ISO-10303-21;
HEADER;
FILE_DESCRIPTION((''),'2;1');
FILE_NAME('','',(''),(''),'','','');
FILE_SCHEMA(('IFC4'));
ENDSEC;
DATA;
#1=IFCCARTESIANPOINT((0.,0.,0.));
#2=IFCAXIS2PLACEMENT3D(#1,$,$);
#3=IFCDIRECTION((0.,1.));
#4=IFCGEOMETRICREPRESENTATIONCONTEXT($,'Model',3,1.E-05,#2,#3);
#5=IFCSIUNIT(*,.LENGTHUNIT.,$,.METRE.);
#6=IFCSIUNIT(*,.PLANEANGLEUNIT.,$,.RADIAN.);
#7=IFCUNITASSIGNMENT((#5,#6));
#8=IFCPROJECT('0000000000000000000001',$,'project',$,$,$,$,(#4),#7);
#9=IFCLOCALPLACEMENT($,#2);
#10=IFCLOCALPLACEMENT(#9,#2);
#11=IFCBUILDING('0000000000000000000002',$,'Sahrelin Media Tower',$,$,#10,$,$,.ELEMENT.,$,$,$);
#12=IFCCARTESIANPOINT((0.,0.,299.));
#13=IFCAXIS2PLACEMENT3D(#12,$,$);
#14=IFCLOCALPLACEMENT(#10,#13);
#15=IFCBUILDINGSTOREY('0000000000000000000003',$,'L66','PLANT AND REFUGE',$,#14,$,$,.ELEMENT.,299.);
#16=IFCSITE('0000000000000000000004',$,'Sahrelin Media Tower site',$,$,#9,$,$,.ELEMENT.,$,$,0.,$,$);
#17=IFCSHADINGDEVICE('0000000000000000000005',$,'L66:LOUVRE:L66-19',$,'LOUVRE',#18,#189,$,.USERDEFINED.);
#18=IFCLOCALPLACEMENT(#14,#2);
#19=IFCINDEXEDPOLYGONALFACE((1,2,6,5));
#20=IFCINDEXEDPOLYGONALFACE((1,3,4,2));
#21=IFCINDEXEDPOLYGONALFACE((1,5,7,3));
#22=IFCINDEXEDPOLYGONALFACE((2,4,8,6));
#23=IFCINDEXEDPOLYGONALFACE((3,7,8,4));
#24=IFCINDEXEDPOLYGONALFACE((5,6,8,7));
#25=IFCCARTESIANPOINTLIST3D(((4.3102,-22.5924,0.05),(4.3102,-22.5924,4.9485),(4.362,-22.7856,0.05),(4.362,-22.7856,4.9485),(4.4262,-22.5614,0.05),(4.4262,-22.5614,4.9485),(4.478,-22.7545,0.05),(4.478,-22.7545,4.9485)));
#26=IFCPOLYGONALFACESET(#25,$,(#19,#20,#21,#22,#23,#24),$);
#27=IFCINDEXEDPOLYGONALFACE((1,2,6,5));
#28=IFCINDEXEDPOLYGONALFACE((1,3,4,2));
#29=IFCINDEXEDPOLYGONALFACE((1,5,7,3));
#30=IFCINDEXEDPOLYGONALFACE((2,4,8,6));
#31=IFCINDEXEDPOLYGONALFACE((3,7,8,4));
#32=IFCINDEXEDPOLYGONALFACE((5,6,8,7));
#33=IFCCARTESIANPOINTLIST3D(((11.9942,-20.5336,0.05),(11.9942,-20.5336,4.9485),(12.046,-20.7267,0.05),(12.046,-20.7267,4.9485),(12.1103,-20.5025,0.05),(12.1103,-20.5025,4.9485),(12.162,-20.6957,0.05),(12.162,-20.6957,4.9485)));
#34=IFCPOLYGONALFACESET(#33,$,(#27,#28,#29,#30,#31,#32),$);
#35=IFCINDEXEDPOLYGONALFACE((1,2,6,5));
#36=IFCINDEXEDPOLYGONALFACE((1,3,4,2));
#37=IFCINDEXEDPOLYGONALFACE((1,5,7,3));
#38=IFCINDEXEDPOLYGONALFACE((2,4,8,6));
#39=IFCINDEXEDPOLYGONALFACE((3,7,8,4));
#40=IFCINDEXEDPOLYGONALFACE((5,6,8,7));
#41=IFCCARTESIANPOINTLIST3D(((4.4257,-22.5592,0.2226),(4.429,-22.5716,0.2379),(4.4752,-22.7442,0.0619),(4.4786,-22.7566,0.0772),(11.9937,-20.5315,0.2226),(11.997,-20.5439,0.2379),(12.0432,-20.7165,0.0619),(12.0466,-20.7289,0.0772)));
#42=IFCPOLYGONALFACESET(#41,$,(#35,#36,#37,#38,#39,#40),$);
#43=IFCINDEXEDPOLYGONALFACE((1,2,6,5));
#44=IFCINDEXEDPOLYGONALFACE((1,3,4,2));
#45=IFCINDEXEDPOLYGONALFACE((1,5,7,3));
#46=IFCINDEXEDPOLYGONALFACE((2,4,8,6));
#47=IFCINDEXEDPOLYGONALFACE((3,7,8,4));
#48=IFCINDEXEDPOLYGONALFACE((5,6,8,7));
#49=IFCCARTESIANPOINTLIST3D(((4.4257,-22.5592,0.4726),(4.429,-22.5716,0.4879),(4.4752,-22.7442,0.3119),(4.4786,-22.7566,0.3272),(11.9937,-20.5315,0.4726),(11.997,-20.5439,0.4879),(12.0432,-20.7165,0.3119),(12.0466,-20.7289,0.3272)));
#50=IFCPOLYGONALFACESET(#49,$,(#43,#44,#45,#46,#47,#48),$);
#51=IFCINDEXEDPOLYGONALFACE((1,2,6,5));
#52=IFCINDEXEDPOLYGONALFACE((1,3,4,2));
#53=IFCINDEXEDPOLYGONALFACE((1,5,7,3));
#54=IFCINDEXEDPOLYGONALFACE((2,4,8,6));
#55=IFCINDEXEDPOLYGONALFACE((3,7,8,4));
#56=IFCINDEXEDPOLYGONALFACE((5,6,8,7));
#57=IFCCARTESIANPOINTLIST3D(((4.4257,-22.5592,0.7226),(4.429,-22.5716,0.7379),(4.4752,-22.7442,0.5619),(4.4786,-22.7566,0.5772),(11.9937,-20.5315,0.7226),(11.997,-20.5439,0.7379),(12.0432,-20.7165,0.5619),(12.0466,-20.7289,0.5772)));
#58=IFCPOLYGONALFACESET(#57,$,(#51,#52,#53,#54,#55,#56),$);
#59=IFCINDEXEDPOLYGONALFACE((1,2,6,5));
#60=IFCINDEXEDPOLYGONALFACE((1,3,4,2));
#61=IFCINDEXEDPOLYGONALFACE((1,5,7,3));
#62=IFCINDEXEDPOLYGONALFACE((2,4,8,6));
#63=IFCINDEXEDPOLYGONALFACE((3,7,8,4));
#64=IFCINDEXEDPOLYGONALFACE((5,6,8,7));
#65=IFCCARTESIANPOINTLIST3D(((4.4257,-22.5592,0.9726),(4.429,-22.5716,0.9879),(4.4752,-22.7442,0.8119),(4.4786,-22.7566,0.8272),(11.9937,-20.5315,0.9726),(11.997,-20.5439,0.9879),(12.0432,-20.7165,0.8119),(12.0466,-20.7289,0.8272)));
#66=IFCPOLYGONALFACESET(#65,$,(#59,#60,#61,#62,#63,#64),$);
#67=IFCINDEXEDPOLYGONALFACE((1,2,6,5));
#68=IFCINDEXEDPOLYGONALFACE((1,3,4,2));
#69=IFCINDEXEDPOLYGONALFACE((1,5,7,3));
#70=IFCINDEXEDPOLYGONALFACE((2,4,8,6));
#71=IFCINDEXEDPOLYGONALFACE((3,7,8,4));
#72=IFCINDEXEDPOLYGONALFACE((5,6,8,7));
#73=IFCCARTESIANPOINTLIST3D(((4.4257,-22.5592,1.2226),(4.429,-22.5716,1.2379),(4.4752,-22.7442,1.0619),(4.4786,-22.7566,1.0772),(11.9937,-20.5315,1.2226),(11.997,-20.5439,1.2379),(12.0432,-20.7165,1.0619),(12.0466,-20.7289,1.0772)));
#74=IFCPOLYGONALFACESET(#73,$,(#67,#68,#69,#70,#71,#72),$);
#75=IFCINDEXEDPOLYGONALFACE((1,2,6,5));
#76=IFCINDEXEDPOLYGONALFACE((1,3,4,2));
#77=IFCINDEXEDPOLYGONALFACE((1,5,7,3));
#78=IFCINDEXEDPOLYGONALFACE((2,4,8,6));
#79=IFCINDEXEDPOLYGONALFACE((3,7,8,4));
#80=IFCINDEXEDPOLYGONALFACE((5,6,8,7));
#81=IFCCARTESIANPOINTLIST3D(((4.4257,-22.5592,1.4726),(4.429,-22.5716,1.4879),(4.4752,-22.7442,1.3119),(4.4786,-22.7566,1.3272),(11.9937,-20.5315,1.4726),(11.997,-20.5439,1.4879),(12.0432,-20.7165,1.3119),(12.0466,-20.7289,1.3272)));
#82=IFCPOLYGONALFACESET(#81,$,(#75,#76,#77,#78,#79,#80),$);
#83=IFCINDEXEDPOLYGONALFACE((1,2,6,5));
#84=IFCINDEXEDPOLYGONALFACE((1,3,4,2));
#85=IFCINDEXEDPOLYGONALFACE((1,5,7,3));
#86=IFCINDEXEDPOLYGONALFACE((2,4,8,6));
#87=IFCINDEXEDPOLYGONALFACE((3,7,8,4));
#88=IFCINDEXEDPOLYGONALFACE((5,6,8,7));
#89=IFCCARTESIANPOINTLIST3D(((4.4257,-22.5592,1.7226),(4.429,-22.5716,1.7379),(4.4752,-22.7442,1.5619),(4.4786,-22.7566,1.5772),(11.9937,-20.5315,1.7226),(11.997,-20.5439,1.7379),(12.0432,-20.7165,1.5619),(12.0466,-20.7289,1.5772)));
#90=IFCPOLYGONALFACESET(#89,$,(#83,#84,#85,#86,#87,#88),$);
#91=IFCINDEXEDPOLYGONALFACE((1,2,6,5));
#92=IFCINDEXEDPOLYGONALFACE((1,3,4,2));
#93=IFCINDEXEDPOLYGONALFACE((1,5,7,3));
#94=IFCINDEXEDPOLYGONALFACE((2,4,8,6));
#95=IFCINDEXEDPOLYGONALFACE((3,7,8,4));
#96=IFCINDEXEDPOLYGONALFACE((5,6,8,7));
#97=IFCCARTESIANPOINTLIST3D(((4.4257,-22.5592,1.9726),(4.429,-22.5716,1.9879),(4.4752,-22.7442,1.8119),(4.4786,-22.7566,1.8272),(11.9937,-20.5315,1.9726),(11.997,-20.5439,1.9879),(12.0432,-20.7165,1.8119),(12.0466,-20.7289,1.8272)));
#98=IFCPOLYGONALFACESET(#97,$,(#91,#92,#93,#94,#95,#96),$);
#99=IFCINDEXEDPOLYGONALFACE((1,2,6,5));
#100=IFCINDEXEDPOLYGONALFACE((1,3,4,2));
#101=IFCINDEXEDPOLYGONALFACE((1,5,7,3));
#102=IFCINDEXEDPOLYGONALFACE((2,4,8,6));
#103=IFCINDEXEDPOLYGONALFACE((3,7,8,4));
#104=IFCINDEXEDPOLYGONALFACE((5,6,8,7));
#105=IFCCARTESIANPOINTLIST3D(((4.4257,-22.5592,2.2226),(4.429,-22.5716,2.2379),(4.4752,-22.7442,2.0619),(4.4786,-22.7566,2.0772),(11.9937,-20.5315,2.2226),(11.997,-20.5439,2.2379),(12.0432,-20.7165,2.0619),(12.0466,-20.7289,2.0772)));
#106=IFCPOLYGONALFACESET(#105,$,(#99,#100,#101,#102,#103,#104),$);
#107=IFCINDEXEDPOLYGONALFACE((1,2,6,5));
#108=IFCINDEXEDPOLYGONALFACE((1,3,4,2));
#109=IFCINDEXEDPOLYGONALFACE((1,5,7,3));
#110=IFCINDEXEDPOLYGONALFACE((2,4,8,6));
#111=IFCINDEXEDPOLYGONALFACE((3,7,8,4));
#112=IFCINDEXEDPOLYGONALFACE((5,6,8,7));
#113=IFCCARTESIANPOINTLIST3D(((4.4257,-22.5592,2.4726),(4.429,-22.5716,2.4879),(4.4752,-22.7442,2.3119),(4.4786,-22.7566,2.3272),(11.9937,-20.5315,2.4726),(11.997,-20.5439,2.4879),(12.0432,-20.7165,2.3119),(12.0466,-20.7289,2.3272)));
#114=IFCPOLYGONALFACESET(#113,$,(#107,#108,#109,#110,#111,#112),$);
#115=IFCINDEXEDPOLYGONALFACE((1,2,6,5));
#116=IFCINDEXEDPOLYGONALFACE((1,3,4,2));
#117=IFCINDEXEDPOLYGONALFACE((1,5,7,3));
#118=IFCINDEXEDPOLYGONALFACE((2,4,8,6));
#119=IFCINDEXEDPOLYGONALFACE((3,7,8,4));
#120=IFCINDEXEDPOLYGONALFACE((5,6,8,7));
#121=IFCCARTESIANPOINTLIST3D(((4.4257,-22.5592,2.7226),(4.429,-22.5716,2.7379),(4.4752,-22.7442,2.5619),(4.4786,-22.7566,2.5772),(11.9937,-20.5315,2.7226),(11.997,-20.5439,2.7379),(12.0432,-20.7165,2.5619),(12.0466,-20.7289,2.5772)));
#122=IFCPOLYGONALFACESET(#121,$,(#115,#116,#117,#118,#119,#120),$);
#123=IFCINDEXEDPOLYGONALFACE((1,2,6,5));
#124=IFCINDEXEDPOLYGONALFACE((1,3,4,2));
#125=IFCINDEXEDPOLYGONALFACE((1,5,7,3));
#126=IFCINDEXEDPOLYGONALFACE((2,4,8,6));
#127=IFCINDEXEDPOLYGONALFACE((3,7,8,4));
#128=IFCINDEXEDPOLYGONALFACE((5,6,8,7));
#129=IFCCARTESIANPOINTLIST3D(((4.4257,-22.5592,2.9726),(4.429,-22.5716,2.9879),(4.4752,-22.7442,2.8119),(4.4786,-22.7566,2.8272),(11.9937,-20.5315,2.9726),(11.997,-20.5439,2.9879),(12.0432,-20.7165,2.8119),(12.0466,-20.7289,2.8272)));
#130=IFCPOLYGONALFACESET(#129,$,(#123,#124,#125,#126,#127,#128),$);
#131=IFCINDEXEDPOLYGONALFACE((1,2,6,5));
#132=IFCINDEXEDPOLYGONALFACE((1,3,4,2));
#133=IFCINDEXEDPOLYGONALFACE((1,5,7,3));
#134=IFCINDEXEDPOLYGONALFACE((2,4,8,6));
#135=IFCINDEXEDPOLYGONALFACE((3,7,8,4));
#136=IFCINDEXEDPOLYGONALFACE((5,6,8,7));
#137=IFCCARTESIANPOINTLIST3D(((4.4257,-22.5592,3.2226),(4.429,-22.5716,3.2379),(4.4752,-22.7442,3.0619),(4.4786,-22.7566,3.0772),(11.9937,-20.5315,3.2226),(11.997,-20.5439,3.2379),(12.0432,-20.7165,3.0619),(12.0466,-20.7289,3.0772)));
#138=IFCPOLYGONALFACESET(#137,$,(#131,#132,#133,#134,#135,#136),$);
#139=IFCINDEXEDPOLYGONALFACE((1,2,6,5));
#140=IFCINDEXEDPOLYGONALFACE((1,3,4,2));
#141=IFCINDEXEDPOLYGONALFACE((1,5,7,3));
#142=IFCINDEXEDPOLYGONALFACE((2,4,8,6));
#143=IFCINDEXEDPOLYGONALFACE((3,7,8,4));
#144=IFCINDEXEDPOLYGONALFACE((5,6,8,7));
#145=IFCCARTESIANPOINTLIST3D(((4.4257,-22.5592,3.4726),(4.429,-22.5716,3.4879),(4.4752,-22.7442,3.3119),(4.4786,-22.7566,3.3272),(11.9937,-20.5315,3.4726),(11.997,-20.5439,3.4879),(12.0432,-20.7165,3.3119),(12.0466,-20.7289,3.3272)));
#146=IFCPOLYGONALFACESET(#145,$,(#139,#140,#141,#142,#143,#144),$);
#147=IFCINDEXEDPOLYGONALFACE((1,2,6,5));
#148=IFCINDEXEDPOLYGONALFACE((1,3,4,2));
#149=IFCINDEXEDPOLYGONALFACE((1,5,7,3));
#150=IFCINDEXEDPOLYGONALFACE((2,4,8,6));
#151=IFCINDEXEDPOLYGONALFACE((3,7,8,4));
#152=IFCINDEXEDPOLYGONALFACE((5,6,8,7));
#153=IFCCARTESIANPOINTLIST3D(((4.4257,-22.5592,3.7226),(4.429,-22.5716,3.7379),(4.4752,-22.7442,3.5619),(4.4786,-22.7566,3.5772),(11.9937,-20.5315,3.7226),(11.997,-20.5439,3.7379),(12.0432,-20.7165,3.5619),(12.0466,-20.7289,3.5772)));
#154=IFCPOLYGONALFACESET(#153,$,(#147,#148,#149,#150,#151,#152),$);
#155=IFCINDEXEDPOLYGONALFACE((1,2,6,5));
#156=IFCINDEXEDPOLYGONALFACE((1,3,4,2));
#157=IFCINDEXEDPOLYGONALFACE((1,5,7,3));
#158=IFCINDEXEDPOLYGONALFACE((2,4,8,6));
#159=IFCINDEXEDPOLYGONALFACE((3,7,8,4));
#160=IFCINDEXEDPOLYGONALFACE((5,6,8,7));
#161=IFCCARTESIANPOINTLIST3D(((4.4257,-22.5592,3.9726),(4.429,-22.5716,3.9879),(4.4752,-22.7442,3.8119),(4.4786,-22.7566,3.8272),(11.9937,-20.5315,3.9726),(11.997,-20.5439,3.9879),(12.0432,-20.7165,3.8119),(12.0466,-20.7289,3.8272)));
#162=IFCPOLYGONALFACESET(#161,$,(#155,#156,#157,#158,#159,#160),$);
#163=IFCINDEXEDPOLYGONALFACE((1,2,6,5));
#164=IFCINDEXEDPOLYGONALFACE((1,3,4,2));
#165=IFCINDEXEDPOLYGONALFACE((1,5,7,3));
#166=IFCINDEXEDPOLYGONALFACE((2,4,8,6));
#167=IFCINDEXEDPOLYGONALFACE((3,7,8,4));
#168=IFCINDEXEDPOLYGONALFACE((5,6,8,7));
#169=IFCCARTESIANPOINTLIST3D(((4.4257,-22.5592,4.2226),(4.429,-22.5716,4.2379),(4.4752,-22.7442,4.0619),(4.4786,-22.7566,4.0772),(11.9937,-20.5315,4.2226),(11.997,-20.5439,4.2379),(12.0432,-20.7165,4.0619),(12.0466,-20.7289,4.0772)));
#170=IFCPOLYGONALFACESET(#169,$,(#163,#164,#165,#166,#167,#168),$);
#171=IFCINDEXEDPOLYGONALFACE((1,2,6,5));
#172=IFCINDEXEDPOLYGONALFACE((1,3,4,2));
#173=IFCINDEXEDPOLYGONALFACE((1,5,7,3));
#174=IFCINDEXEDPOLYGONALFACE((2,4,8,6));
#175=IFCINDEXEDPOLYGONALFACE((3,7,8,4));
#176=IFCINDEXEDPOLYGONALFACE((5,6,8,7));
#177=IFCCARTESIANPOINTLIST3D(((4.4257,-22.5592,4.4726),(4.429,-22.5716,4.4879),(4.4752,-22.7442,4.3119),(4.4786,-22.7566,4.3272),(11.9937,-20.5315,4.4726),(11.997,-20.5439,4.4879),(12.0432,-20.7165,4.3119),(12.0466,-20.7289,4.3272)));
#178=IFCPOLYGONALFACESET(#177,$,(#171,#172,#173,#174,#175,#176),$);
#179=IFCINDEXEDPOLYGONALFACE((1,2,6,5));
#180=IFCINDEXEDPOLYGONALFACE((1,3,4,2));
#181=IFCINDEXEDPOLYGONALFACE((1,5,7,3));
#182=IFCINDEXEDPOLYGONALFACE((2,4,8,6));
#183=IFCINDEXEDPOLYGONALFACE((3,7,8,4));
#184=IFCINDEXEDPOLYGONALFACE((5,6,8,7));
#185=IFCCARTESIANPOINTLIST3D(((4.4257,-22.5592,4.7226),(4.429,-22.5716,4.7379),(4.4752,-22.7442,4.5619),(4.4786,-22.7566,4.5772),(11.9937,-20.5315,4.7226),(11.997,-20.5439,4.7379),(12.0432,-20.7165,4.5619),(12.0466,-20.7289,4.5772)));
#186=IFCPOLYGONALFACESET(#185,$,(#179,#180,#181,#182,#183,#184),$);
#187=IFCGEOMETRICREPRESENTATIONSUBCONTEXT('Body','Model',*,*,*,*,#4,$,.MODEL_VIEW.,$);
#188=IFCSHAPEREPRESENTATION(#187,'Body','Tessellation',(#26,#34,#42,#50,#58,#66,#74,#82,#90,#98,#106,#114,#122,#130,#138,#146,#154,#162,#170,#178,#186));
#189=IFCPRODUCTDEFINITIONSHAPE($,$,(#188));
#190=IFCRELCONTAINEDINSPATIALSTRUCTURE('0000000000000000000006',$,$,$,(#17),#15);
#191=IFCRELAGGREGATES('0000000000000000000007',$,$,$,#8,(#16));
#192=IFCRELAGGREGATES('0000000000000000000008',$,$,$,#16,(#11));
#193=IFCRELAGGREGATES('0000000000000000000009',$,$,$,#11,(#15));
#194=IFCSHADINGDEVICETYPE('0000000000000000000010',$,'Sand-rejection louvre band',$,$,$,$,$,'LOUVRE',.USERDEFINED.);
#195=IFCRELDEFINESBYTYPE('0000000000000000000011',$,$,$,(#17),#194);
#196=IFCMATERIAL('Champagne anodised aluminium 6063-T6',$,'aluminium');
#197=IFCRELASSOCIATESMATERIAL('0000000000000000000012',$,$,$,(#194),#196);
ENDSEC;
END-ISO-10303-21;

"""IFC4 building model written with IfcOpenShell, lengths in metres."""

from ifc_helpers import new_model, si_unit, direction, frame, origin, origin_2d, place, context, subcontext, project, spatial, rectangle, extrude, material, type_object, element, save


model = new_model("IFC4")

# Units and contexts
model_context = context("Model", 3, precision=1e-05, world=origin(), true_north=direction((0.0, 1.0)))
body_context = subcontext(model_context, "Body", "Model", "MODEL_VIEW")
ifc_project = project(units=[si_unit("LENGTHUNIT", "METRE"), si_unit("PLANEANGLEUNIT", "RADIAN")], contexts=[model_context])

# Site, building, storey
site_placement = place(None, origin())
site = spatial("IfcSite", under=ifc_project, at=site_placement, Name="Sahrelin Media Tower site", CompositionType="ELEMENT", RefElevation=0.0)
building_placement = place(site_placement, origin())
building = spatial("IfcBuilding", under=site, at=building_placement, Name="Sahrelin Media Tower", CompositionType="ELEMENT")
storey_placement = place(building_placement, frame((0.0, 0.0, 299.0)))
storey = spatial("IfcBuildingStorey", under=building, at=storey_placement, Name="L66", Description="PLANT AND REFUGE", CompositionType="ELEMENT", Elevation=299.0)

# Shading device
ifc_material_1 = material(Name="Champagne anodised aluminium 6063-T6", Category="aluminium")
shading_device_type = type_object("IfcShadingDeviceType", Name="Sand-rejection louvre band", ElementType="LOUVRE", PredefinedType="USERDEFINED", material=ifc_material_1)
shading_device_1_placement = place(storey_placement, frame((8.2102, -21.5474, 0.0), z_axis=(0.0, 0.0, 1.0), x_axis=(-0.965929, -0.258808, 0.0)))
element("IfcShadingDevice", 1, at=shading_device_1_placement, inside=storey, type_object=shading_device_type, Name="L66:LOUVRE:L66-19", ObjectType="LOUVRE", PredefinedType="USERDEFINED", context=body_context, shape_type="SweptSolid", body=[
    extrude(rectangle(XDim=0.1201, YDim=0.2, at=origin_2d()), frame((3.9775, 0.1001, 0.05), z_axis=(0.0, 0.0, 1.0), x_axis=(1.0, 0.0, 0.0)), (0.0, 0.0, 1.0), 4.8984),
    extrude(rectangle(XDim=0.1201, YDim=0.2, at=origin_2d()), frame((-3.9775, 0.1001, 0.05), z_axis=(0.0, 0.0, 1.0), x_axis=(1.0, 0.0, 0.0)), (0.0, 0.0, 1.0), 4.8984),
    extrude(rectangle(XDim=0.25, YDim=0.02, at=origin_2d()), frame((3.9175, 0.1001, 0.1499), z_axis=(-1.0, 0.0, 0.0), x_axis=(0.0, -0.766044, 0.642788)), (0.0, 0.0, 1.0), 7.835),
    extrude(rectangle(XDim=0.25, YDim=0.02, at=origin_2d()), frame((3.9175, 0.1001, 0.3999), z_axis=(-1.0, 0.0, 0.0), x_axis=(0.0, -0.766044, 0.642788)), (0.0, 0.0, 1.0), 7.835),
    extrude(rectangle(XDim=0.25, YDim=0.02, at=origin_2d()), frame((3.9175, 0.1001, 0.6499), z_axis=(-1.0, 0.0, 0.0), x_axis=(0.0, -0.766044, 0.642788)), (0.0, 0.0, 1.0), 7.835),
    extrude(rectangle(XDim=0.25, YDim=0.02, at=origin_2d()), frame((3.9175, 0.1001, 0.8999), z_axis=(-1.0, 0.0, 0.0), x_axis=(0.0, -0.766044, 0.642788)), (0.0, 0.0, 1.0), 7.835),
    extrude(rectangle(XDim=0.25, YDim=0.02, at=origin_2d()), frame((3.9175, 0.1001, 1.1499), z_axis=(-1.0, 0.0, 0.0), x_axis=(0.0, -0.766044, 0.642788)), (0.0, 0.0, 1.0), 7.835),
    extrude(rectangle(XDim=0.25, YDim=0.02, at=origin_2d()), frame((3.9175, 0.1001, 1.3999), z_axis=(-1.0, 0.0, 0.0), x_axis=(0.0, -0.766044, 0.642788)), (0.0, 0.0, 1.0), 7.835),
    extrude(rectangle(XDim=0.25, YDim=0.02, at=origin_2d()), frame((3.9175, 0.1001, 1.6499), z_axis=(-1.0, 0.0, 0.0), x_axis=(0.0, -0.766044, 0.642788)), (0.0, 0.0, 1.0), 7.835),
    extrude(rectangle(XDim=0.25, YDim=0.02, at=origin_2d()), frame((3.9175, 0.1001, 1.8999), z_axis=(-1.0, 0.0, 0.0), x_axis=(0.0, -0.766044, 0.642788)), (0.0, 0.0, 1.0), 7.835),
    extrude(rectangle(XDim=0.25, YDim=0.02, at=origin_2d()), frame((3.9175, 0.1001, 2.1499), z_axis=(-1.0, 0.0, 0.0), x_axis=(0.0, -0.766044, 0.642788)), (0.0, 0.0, 1.0), 7.835),
    extrude(rectangle(XDim=0.25, YDim=0.02, at=origin_2d()), frame((3.9175, 0.1001, 2.3999), z_axis=(-1.0, 0.0, 0.0), x_axis=(0.0, -0.766044, 0.642788)), (0.0, 0.0, 1.0), 7.835),
    extrude(rectangle(XDim=0.25, YDim=0.02, at=origin_2d()), frame((3.9175, 0.1001, 2.6499), z_axis=(-1.0, 0.0, 0.0), x_axis=(0.0, -0.766044, 0.642788)), (0.0, 0.0, 1.0), 7.835),
    extrude(rectangle(XDim=0.25, YDim=0.02, at=origin_2d()), frame((3.9175, 0.1001, 2.8999), z_axis=(-1.0, 0.0, 0.0), x_axis=(0.0, -0.766044, 0.642788)), (0.0, 0.0, 1.0), 7.835),
    extrude(rectangle(XDim=0.25, YDim=0.02, at=origin_2d()), frame((3.9175, 0.1001, 3.1499), z_axis=(-1.0, 0.0, 0.0), x_axis=(0.0, -0.766044, 0.642788)), (0.0, 0.0, 1.0), 7.835),
    extrude(rectangle(XDim=0.25, YDim=0.02, at=origin_2d()), frame((3.9175, 0.1001, 3.3999), z_axis=(-1.0, 0.0, 0.0), x_axis=(0.0, -0.766044, 0.642788)), (0.0, 0.0, 1.0), 7.835),
    extrude(rectangle(XDim=0.25, YDim=0.02, at=origin_2d()), frame((3.9175, 0.1001, 3.6499), z_axis=(-1.0, 0.0, 0.0), x_axis=(0.0, -0.766044, 0.642788)), (0.0, 0.0, 1.0), 7.835),
    extrude(rectangle(XDim=0.25, YDim=0.02, at=origin_2d()), frame((3.9175, 0.1001, 3.8999), z_axis=(-1.0, 0.0, 0.0), x_axis=(0.0, -0.766044, 0.642788)), (0.0, 0.0, 1.0), 7.835),
    extrude(rectangle(XDim=0.25, YDim=0.02, at=origin_2d()), frame((3.9175, 0.1001, 4.1499), z_axis=(-1.0, 0.0, 0.0), x_axis=(0.0, -0.766044, 0.642788)), (0.0, 0.0, 1.0), 7.835),
    extrude(rectangle(XDim=0.25, YDim=0.02, at=origin_2d()), frame((3.9175, 0.1001, 4.3999), z_axis=(-1.0, 0.0, 0.0), x_axis=(0.0, -0.766044, 0.642788)), (0.0, 0.0, 1.0), 7.835),
    extrude(rectangle(XDim=0.25, YDim=0.02, at=origin_2d()), frame((3.9175, 0.1001, 4.6499), z_axis=(-1.0, 0.0, 0.0), x_axis=(0.0, -0.766044, 0.642788)), (0.0, 0.0, 1.0), 7.835),
])

save(model, "model.ifc")
